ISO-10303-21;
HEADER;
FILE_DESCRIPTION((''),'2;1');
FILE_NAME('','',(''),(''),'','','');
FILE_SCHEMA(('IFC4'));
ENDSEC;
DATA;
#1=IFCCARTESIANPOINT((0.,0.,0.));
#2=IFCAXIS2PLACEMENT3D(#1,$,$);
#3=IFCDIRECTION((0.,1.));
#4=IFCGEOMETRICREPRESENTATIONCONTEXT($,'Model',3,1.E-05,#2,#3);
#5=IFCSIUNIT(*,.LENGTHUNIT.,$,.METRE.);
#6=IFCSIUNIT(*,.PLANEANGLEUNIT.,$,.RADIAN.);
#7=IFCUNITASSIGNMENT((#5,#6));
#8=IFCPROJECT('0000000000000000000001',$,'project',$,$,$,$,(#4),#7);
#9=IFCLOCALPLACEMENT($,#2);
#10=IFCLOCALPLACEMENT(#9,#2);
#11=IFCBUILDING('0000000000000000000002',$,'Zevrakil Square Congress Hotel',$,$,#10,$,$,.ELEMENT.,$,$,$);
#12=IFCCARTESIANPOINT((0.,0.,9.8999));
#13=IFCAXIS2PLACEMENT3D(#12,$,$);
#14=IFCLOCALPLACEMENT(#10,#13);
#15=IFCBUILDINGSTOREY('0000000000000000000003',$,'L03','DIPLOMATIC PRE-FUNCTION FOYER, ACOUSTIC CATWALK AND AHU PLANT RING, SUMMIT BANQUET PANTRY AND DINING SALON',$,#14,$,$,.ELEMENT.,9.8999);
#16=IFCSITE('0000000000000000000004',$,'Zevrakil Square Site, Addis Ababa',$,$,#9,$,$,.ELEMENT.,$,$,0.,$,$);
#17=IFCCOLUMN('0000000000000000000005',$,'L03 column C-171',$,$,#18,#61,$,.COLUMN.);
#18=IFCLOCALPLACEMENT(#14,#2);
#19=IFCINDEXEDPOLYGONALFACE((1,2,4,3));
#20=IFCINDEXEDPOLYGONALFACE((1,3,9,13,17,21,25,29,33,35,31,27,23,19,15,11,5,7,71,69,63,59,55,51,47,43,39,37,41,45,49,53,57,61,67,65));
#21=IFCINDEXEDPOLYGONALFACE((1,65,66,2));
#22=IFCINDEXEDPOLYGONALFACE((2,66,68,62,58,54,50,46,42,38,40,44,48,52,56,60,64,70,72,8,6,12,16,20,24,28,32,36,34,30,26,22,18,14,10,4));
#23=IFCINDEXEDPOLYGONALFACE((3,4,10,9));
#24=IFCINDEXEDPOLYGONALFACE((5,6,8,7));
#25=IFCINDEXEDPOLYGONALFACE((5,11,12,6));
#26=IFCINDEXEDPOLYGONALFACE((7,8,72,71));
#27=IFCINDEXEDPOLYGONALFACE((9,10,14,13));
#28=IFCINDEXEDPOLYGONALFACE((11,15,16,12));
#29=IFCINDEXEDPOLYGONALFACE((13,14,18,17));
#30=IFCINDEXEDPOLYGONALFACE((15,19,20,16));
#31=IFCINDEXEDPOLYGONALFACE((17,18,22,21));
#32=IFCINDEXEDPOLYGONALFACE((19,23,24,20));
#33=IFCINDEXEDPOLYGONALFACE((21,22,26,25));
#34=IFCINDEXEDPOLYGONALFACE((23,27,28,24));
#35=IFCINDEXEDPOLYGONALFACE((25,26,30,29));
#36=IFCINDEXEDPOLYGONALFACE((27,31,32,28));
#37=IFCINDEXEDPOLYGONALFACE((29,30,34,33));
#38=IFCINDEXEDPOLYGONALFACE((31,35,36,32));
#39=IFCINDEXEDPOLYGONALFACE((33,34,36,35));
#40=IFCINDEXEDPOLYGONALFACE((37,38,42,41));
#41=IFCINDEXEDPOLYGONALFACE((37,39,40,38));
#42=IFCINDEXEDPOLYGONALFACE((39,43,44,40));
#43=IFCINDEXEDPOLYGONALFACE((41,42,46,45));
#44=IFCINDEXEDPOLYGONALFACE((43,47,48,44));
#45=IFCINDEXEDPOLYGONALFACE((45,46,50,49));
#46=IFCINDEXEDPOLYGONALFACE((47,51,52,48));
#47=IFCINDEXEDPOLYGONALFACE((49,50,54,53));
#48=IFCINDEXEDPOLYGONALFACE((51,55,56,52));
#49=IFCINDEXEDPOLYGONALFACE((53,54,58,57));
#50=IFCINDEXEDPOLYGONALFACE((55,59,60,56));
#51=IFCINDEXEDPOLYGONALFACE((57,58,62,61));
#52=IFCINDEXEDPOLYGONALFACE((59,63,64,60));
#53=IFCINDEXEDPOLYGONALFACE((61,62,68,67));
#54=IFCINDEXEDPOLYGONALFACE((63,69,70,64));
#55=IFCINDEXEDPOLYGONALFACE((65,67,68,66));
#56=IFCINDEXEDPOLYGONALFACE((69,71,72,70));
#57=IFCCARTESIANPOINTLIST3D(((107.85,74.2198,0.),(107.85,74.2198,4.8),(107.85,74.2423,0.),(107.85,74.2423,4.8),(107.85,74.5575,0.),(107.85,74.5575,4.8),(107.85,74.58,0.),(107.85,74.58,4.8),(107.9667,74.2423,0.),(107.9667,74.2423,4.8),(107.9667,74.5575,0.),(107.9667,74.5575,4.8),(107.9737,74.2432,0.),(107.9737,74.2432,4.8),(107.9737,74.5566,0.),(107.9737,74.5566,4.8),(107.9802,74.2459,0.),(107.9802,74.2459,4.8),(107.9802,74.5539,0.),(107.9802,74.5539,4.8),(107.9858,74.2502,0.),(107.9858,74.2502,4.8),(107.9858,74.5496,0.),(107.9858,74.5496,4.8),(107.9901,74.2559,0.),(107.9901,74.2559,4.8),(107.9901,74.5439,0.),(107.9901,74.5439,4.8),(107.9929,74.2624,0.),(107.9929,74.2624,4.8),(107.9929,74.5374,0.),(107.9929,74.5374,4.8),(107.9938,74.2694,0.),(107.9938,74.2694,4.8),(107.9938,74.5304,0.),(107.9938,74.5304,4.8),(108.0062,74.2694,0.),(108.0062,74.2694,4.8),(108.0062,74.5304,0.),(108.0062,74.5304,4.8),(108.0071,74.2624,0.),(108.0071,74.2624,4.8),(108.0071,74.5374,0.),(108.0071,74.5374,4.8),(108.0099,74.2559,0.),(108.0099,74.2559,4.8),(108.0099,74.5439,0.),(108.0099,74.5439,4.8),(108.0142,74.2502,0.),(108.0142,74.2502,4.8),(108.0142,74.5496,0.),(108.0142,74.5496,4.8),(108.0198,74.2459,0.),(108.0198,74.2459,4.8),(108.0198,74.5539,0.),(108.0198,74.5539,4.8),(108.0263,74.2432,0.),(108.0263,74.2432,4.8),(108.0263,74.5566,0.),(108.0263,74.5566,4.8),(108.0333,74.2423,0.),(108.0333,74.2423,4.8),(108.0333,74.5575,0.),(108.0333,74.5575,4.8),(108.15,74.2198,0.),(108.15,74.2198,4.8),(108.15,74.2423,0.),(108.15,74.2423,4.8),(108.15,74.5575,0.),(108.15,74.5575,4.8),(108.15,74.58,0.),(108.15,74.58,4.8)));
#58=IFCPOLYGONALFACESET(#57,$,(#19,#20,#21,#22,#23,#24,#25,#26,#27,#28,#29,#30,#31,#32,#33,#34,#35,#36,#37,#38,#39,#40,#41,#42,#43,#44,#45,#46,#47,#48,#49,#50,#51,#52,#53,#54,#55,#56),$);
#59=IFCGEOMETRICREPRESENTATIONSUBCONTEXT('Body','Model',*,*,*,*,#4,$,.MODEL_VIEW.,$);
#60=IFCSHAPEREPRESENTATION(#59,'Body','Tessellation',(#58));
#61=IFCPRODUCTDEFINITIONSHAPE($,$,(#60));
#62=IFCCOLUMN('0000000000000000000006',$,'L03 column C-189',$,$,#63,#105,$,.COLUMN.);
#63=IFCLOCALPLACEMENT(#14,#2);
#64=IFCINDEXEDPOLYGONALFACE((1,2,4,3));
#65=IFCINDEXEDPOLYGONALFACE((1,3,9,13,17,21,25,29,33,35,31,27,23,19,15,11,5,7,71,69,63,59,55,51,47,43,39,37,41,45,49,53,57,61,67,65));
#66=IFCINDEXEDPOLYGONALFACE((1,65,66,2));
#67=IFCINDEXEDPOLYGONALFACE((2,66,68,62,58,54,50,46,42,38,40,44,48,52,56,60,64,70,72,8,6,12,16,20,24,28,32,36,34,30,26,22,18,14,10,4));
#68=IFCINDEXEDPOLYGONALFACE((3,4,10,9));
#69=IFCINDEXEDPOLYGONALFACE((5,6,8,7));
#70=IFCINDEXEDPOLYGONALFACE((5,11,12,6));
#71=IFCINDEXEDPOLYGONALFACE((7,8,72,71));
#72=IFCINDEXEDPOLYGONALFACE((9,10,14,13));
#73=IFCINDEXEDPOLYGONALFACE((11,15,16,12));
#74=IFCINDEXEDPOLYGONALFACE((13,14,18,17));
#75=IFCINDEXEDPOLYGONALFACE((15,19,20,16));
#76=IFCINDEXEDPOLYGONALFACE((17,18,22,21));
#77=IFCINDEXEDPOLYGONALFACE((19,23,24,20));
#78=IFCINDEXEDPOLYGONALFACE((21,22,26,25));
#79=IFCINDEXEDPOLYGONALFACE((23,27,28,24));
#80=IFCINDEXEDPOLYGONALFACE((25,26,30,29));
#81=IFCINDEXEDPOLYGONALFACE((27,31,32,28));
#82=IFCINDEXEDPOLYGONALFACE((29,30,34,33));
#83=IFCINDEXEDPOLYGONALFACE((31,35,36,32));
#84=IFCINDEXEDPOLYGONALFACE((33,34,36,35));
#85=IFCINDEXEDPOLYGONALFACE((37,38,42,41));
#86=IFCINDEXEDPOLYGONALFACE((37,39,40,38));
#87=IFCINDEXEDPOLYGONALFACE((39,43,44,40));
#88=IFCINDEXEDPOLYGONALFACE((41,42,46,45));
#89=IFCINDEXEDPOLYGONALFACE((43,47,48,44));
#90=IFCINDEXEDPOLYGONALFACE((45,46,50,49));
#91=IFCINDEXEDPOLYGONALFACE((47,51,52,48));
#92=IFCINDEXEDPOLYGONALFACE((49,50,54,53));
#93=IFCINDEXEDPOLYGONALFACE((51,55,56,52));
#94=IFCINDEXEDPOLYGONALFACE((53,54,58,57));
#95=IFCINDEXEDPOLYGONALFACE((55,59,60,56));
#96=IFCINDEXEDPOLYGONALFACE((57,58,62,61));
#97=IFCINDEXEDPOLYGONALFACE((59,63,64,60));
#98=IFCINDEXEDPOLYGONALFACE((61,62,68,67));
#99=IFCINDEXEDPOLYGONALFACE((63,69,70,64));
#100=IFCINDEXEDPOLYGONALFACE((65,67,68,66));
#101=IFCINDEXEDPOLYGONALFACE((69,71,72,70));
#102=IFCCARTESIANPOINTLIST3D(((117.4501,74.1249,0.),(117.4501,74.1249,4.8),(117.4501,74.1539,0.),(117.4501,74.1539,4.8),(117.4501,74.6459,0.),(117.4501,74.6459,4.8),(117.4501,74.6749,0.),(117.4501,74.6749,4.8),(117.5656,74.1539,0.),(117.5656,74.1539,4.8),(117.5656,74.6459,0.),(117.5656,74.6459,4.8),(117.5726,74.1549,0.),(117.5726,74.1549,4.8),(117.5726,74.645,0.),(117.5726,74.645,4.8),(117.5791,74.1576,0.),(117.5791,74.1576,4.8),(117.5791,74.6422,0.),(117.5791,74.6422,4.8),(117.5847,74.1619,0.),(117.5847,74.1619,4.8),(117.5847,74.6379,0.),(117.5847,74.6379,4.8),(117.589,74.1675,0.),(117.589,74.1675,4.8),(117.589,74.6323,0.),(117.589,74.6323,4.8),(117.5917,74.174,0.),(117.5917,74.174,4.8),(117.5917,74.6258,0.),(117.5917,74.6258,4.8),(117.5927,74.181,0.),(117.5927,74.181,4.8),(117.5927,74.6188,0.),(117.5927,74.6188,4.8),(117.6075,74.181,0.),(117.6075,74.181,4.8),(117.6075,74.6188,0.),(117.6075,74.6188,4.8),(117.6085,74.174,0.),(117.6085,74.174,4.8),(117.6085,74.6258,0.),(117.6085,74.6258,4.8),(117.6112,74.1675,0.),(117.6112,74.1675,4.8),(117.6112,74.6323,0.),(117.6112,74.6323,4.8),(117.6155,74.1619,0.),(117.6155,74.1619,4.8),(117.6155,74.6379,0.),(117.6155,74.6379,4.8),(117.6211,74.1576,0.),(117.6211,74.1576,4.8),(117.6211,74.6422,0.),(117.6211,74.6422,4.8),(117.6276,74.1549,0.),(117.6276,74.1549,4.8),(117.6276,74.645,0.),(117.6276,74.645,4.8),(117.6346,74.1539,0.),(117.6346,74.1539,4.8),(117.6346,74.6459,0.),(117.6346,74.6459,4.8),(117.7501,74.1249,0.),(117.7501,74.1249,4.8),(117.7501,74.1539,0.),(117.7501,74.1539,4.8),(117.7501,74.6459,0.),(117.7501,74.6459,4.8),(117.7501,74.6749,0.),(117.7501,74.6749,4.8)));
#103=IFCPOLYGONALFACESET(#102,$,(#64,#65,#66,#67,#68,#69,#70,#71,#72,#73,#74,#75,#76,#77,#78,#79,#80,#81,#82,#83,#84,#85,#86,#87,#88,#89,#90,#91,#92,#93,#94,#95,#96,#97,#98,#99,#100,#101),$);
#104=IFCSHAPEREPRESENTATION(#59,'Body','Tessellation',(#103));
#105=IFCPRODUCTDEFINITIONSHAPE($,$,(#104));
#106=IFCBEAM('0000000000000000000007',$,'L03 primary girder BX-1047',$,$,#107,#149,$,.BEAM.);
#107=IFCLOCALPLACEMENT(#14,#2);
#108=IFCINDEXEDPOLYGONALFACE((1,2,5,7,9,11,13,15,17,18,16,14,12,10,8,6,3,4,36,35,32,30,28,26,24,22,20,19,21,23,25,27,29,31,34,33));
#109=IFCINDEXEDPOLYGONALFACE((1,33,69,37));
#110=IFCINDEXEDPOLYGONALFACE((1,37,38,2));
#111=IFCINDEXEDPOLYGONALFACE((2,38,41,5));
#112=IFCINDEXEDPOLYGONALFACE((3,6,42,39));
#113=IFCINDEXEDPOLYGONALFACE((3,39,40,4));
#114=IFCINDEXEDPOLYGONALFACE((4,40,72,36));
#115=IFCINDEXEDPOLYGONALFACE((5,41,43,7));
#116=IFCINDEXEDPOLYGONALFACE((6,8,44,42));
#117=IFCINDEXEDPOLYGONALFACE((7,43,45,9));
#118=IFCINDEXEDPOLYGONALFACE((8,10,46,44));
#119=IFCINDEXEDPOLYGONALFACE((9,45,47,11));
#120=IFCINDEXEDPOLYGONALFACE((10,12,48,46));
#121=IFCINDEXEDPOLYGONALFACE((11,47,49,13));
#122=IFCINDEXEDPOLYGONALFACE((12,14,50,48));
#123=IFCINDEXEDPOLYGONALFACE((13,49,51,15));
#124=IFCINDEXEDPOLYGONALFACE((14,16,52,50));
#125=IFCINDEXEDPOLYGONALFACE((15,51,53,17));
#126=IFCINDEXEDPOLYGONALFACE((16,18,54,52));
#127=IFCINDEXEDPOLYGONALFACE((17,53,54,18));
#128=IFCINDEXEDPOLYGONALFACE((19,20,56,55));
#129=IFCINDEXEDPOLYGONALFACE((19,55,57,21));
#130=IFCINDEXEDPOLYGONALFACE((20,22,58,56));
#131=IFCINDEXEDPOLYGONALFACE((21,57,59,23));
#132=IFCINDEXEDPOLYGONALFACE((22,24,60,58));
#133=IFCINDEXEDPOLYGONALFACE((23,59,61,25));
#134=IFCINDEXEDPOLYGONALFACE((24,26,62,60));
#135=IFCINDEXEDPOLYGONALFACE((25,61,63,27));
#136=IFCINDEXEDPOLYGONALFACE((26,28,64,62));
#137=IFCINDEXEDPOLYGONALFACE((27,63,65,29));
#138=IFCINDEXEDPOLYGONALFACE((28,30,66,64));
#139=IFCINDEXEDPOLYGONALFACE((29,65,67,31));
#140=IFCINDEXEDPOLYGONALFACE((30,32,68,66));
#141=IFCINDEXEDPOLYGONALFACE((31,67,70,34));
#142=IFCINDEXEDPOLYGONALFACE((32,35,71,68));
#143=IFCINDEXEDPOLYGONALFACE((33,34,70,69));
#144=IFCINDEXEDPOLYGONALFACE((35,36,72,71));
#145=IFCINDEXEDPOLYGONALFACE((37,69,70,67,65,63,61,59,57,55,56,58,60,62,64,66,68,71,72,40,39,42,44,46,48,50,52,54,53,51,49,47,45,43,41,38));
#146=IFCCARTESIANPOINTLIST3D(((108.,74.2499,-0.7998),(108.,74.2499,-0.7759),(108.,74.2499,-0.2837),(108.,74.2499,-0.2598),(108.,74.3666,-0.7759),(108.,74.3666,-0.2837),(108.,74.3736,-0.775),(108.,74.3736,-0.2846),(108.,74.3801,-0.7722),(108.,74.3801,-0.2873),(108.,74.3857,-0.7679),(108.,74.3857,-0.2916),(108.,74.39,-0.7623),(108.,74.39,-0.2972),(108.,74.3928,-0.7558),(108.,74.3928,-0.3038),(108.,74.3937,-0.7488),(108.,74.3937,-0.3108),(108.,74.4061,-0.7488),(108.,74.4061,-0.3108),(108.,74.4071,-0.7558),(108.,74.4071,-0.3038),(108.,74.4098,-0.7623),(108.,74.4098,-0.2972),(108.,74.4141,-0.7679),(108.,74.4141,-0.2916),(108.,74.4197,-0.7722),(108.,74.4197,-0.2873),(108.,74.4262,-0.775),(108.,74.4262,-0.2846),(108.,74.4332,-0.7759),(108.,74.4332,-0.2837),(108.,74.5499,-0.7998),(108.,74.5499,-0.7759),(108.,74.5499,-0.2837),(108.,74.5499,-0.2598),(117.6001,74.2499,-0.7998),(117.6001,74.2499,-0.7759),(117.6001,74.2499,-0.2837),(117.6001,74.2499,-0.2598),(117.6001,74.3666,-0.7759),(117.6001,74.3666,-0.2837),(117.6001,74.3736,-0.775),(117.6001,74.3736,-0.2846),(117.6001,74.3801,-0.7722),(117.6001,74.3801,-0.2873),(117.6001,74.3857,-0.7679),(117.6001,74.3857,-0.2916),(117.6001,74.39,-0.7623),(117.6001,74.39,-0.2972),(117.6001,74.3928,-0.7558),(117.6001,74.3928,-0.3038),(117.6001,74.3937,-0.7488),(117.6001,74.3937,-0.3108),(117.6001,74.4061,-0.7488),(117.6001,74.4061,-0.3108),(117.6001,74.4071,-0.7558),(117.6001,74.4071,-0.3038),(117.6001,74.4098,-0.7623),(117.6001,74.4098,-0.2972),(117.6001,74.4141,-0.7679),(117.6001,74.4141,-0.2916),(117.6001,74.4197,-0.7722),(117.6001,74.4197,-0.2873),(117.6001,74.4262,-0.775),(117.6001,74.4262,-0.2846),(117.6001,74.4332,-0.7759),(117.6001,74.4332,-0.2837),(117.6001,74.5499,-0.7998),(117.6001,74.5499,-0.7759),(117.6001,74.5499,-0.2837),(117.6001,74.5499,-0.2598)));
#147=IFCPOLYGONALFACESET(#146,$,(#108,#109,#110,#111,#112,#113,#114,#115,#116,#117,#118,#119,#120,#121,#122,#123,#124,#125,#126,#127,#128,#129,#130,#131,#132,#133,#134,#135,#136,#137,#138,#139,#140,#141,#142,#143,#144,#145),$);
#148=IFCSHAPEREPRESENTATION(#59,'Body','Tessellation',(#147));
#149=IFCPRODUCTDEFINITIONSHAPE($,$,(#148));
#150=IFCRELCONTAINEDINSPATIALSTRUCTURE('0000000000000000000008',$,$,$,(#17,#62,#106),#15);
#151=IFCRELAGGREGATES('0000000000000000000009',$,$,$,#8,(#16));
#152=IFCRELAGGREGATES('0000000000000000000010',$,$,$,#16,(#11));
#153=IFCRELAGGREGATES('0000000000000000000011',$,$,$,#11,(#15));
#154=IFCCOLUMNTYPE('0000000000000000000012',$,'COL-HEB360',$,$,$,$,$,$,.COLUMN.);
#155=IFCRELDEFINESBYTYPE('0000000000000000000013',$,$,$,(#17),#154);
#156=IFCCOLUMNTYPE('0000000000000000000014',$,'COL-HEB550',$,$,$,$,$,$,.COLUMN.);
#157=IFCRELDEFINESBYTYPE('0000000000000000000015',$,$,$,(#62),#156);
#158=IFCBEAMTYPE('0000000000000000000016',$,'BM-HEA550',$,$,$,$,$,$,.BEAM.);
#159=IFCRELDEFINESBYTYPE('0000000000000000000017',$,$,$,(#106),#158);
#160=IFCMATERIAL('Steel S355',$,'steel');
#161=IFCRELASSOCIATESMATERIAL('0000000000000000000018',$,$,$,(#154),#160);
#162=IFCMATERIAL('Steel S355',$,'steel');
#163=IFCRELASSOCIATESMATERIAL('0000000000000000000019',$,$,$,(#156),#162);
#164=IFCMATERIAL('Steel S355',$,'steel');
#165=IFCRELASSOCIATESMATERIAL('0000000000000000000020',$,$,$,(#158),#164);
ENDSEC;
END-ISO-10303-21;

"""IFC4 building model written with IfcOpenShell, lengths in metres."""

from ifc_helpers import new_model, si_unit, direction, frame, origin, origin_2d, place, context, subcontext, project, spatial, i_section, extrude, material, material_profile, profile_set, type_object, element, save


model = new_model("IFC4")

# Units and contexts
model_context = context("Model", 3, precision=1e-05, world=origin(), true_north=direction((0.0, 1.0)))
body_context = subcontext(model_context, "Body", "Model", "MODEL_VIEW")
ifc_project = project(units=[si_unit("LENGTHUNIT", "METRE"), si_unit("PLANEANGLEUNIT", "RADIAN")], contexts=[model_context])

# Site, building, storey
site_placement = place(None, origin())
site = spatial("IfcSite", under=ifc_project, at=site_placement, Name="Zevrakil Square Site, Addis Ababa", CompositionType="ELEMENT", RefElevation=0.0)
building_placement = place(site_placement, origin())
building = spatial("IfcBuilding", under=site, at=building_placement, Name="Zevrakil Square Congress Hotel", CompositionType="ELEMENT")
storey_placement = place(building_placement, frame((0.0, 0.0, 9.8999)))
storey = spatial("IfcBuildingStorey", under=building, at=storey_placement, Name="L03", Description="DIPLOMATIC PRE-FUNCTION FOYER, ACOUSTIC CATWALK AND AHU PLANT RING, SUMMIT BANQUET PANTRY AND DINING SALON", CompositionType="ELEMENT", Elevation=9.8999)

# Columns
ifc_material_1 = material(Name="Steel S355", Category="steel")
ifc_material_profile_1 = material_profile(ifc_material_1, i_section(OverallWidth=0.3, OverallDepth=0.3601, WebThickness=0.0125, FlangeThickness=0.0225, FilletRadius=0.0271, at=origin_2d()), Name="HEB 360")
ifc_profile_set_1 = profile_set([ifc_material_profile_1], Name="Steel S355")
column_type_1 = type_object("IfcColumnType", Name="COL-HEB360", PredefinedType="COLUMN", material=ifc_profile_set_1)
column_1_placement = place(storey_placement, frame((108.0, 74.3999, 0.0), z_axis=(0.0, 0.0, 1.0), x_axis=(1.0, 0.0, 0.0)))
element("IfcColumn", 1, at=column_1_placement, inside=storey, type_object=column_type_1, Name="L03 column C-171", PredefinedType="COLUMN", context=body_context, shape_type="SweptSolid", body=[
    extrude(i_section(OverallWidth=0.3, OverallDepth=0.3601, WebThickness=0.0125, FlangeThickness=0.0225, FilletRadius=0.0271, at=origin_2d()), origin(), (0.0, 0.0, 1.0), 4.8),
])
ifc_material_2 = material(Name="Steel S355", Category="steel")
ifc_material_profile_2 = material_profile(ifc_material_2, i_section(OverallWidth=0.3, OverallDepth=0.55, WebThickness=0.0149, FlangeThickness=0.0291, FilletRadius=0.0271, at=origin_2d()), Name="HEB 550")
ifc_profile_set_2 = profile_set([ifc_material_profile_2], Name="Steel S355")
column_type_2 = type_object("IfcColumnType", Name="COL-HEB550", PredefinedType="COLUMN", material=ifc_profile_set_2)
column_2_placement = place(storey_placement, frame((117.6001, 74.3999, 0.0), z_axis=(0.0, 0.0, 1.0), x_axis=(1.0, 0.0, 0.0)))
element("IfcColumn", 2, at=column_2_placement, inside=storey, type_object=column_type_2, Name="L03 column C-189", PredefinedType="COLUMN", context=body_context, shape_type="SweptSolid", body=[
    extrude(i_section(OverallWidth=0.3, OverallDepth=0.55, WebThickness=0.0149, FlangeThickness=0.0291, FilletRadius=0.0271, at=origin_2d()), origin(), (0.0, 0.0, 1.0), 4.8),
])

# Beam
ifc_material_3 = material(Name="Steel S355", Category="steel")
ifc_material_profile_3 = material_profile(ifc_material_3, i_section(OverallWidth=0.3, OverallDepth=0.54, WebThickness=0.0125, FlangeThickness=0.0239, FilletRadius=0.0271, at=origin_2d()), Name="HEA 550")
ifc_profile_set_3 = profile_set([ifc_material_profile_3], Name="Steel S355")
beam_type_1 = type_object("IfcBeamType", Name="BM-HEA550", PredefinedType="BEAM", material=ifc_profile_set_3)
beam_1_placement = place(storey_placement, frame((108.0, 74.3999, -0.5298), z_axis=(1.0, 0.0, 0.0), x_axis=(0.0, 1.0, 0.0)))
element("IfcBeam", 3, at=beam_1_placement, inside=storey, type_object=beam_type_1, Name="L03 primary girder BX-1047", PredefinedType="BEAM", context=body_context, shape_type="SweptSolid", body=[
    extrude(i_section(OverallWidth=0.3, OverallDepth=0.54, WebThickness=0.0125, FlangeThickness=0.0239, FilletRadius=0.0271, at=origin_2d()), origin(), (0.0, 0.0, 1.0), 9.6001),
])

save(model, "model.ifc")
